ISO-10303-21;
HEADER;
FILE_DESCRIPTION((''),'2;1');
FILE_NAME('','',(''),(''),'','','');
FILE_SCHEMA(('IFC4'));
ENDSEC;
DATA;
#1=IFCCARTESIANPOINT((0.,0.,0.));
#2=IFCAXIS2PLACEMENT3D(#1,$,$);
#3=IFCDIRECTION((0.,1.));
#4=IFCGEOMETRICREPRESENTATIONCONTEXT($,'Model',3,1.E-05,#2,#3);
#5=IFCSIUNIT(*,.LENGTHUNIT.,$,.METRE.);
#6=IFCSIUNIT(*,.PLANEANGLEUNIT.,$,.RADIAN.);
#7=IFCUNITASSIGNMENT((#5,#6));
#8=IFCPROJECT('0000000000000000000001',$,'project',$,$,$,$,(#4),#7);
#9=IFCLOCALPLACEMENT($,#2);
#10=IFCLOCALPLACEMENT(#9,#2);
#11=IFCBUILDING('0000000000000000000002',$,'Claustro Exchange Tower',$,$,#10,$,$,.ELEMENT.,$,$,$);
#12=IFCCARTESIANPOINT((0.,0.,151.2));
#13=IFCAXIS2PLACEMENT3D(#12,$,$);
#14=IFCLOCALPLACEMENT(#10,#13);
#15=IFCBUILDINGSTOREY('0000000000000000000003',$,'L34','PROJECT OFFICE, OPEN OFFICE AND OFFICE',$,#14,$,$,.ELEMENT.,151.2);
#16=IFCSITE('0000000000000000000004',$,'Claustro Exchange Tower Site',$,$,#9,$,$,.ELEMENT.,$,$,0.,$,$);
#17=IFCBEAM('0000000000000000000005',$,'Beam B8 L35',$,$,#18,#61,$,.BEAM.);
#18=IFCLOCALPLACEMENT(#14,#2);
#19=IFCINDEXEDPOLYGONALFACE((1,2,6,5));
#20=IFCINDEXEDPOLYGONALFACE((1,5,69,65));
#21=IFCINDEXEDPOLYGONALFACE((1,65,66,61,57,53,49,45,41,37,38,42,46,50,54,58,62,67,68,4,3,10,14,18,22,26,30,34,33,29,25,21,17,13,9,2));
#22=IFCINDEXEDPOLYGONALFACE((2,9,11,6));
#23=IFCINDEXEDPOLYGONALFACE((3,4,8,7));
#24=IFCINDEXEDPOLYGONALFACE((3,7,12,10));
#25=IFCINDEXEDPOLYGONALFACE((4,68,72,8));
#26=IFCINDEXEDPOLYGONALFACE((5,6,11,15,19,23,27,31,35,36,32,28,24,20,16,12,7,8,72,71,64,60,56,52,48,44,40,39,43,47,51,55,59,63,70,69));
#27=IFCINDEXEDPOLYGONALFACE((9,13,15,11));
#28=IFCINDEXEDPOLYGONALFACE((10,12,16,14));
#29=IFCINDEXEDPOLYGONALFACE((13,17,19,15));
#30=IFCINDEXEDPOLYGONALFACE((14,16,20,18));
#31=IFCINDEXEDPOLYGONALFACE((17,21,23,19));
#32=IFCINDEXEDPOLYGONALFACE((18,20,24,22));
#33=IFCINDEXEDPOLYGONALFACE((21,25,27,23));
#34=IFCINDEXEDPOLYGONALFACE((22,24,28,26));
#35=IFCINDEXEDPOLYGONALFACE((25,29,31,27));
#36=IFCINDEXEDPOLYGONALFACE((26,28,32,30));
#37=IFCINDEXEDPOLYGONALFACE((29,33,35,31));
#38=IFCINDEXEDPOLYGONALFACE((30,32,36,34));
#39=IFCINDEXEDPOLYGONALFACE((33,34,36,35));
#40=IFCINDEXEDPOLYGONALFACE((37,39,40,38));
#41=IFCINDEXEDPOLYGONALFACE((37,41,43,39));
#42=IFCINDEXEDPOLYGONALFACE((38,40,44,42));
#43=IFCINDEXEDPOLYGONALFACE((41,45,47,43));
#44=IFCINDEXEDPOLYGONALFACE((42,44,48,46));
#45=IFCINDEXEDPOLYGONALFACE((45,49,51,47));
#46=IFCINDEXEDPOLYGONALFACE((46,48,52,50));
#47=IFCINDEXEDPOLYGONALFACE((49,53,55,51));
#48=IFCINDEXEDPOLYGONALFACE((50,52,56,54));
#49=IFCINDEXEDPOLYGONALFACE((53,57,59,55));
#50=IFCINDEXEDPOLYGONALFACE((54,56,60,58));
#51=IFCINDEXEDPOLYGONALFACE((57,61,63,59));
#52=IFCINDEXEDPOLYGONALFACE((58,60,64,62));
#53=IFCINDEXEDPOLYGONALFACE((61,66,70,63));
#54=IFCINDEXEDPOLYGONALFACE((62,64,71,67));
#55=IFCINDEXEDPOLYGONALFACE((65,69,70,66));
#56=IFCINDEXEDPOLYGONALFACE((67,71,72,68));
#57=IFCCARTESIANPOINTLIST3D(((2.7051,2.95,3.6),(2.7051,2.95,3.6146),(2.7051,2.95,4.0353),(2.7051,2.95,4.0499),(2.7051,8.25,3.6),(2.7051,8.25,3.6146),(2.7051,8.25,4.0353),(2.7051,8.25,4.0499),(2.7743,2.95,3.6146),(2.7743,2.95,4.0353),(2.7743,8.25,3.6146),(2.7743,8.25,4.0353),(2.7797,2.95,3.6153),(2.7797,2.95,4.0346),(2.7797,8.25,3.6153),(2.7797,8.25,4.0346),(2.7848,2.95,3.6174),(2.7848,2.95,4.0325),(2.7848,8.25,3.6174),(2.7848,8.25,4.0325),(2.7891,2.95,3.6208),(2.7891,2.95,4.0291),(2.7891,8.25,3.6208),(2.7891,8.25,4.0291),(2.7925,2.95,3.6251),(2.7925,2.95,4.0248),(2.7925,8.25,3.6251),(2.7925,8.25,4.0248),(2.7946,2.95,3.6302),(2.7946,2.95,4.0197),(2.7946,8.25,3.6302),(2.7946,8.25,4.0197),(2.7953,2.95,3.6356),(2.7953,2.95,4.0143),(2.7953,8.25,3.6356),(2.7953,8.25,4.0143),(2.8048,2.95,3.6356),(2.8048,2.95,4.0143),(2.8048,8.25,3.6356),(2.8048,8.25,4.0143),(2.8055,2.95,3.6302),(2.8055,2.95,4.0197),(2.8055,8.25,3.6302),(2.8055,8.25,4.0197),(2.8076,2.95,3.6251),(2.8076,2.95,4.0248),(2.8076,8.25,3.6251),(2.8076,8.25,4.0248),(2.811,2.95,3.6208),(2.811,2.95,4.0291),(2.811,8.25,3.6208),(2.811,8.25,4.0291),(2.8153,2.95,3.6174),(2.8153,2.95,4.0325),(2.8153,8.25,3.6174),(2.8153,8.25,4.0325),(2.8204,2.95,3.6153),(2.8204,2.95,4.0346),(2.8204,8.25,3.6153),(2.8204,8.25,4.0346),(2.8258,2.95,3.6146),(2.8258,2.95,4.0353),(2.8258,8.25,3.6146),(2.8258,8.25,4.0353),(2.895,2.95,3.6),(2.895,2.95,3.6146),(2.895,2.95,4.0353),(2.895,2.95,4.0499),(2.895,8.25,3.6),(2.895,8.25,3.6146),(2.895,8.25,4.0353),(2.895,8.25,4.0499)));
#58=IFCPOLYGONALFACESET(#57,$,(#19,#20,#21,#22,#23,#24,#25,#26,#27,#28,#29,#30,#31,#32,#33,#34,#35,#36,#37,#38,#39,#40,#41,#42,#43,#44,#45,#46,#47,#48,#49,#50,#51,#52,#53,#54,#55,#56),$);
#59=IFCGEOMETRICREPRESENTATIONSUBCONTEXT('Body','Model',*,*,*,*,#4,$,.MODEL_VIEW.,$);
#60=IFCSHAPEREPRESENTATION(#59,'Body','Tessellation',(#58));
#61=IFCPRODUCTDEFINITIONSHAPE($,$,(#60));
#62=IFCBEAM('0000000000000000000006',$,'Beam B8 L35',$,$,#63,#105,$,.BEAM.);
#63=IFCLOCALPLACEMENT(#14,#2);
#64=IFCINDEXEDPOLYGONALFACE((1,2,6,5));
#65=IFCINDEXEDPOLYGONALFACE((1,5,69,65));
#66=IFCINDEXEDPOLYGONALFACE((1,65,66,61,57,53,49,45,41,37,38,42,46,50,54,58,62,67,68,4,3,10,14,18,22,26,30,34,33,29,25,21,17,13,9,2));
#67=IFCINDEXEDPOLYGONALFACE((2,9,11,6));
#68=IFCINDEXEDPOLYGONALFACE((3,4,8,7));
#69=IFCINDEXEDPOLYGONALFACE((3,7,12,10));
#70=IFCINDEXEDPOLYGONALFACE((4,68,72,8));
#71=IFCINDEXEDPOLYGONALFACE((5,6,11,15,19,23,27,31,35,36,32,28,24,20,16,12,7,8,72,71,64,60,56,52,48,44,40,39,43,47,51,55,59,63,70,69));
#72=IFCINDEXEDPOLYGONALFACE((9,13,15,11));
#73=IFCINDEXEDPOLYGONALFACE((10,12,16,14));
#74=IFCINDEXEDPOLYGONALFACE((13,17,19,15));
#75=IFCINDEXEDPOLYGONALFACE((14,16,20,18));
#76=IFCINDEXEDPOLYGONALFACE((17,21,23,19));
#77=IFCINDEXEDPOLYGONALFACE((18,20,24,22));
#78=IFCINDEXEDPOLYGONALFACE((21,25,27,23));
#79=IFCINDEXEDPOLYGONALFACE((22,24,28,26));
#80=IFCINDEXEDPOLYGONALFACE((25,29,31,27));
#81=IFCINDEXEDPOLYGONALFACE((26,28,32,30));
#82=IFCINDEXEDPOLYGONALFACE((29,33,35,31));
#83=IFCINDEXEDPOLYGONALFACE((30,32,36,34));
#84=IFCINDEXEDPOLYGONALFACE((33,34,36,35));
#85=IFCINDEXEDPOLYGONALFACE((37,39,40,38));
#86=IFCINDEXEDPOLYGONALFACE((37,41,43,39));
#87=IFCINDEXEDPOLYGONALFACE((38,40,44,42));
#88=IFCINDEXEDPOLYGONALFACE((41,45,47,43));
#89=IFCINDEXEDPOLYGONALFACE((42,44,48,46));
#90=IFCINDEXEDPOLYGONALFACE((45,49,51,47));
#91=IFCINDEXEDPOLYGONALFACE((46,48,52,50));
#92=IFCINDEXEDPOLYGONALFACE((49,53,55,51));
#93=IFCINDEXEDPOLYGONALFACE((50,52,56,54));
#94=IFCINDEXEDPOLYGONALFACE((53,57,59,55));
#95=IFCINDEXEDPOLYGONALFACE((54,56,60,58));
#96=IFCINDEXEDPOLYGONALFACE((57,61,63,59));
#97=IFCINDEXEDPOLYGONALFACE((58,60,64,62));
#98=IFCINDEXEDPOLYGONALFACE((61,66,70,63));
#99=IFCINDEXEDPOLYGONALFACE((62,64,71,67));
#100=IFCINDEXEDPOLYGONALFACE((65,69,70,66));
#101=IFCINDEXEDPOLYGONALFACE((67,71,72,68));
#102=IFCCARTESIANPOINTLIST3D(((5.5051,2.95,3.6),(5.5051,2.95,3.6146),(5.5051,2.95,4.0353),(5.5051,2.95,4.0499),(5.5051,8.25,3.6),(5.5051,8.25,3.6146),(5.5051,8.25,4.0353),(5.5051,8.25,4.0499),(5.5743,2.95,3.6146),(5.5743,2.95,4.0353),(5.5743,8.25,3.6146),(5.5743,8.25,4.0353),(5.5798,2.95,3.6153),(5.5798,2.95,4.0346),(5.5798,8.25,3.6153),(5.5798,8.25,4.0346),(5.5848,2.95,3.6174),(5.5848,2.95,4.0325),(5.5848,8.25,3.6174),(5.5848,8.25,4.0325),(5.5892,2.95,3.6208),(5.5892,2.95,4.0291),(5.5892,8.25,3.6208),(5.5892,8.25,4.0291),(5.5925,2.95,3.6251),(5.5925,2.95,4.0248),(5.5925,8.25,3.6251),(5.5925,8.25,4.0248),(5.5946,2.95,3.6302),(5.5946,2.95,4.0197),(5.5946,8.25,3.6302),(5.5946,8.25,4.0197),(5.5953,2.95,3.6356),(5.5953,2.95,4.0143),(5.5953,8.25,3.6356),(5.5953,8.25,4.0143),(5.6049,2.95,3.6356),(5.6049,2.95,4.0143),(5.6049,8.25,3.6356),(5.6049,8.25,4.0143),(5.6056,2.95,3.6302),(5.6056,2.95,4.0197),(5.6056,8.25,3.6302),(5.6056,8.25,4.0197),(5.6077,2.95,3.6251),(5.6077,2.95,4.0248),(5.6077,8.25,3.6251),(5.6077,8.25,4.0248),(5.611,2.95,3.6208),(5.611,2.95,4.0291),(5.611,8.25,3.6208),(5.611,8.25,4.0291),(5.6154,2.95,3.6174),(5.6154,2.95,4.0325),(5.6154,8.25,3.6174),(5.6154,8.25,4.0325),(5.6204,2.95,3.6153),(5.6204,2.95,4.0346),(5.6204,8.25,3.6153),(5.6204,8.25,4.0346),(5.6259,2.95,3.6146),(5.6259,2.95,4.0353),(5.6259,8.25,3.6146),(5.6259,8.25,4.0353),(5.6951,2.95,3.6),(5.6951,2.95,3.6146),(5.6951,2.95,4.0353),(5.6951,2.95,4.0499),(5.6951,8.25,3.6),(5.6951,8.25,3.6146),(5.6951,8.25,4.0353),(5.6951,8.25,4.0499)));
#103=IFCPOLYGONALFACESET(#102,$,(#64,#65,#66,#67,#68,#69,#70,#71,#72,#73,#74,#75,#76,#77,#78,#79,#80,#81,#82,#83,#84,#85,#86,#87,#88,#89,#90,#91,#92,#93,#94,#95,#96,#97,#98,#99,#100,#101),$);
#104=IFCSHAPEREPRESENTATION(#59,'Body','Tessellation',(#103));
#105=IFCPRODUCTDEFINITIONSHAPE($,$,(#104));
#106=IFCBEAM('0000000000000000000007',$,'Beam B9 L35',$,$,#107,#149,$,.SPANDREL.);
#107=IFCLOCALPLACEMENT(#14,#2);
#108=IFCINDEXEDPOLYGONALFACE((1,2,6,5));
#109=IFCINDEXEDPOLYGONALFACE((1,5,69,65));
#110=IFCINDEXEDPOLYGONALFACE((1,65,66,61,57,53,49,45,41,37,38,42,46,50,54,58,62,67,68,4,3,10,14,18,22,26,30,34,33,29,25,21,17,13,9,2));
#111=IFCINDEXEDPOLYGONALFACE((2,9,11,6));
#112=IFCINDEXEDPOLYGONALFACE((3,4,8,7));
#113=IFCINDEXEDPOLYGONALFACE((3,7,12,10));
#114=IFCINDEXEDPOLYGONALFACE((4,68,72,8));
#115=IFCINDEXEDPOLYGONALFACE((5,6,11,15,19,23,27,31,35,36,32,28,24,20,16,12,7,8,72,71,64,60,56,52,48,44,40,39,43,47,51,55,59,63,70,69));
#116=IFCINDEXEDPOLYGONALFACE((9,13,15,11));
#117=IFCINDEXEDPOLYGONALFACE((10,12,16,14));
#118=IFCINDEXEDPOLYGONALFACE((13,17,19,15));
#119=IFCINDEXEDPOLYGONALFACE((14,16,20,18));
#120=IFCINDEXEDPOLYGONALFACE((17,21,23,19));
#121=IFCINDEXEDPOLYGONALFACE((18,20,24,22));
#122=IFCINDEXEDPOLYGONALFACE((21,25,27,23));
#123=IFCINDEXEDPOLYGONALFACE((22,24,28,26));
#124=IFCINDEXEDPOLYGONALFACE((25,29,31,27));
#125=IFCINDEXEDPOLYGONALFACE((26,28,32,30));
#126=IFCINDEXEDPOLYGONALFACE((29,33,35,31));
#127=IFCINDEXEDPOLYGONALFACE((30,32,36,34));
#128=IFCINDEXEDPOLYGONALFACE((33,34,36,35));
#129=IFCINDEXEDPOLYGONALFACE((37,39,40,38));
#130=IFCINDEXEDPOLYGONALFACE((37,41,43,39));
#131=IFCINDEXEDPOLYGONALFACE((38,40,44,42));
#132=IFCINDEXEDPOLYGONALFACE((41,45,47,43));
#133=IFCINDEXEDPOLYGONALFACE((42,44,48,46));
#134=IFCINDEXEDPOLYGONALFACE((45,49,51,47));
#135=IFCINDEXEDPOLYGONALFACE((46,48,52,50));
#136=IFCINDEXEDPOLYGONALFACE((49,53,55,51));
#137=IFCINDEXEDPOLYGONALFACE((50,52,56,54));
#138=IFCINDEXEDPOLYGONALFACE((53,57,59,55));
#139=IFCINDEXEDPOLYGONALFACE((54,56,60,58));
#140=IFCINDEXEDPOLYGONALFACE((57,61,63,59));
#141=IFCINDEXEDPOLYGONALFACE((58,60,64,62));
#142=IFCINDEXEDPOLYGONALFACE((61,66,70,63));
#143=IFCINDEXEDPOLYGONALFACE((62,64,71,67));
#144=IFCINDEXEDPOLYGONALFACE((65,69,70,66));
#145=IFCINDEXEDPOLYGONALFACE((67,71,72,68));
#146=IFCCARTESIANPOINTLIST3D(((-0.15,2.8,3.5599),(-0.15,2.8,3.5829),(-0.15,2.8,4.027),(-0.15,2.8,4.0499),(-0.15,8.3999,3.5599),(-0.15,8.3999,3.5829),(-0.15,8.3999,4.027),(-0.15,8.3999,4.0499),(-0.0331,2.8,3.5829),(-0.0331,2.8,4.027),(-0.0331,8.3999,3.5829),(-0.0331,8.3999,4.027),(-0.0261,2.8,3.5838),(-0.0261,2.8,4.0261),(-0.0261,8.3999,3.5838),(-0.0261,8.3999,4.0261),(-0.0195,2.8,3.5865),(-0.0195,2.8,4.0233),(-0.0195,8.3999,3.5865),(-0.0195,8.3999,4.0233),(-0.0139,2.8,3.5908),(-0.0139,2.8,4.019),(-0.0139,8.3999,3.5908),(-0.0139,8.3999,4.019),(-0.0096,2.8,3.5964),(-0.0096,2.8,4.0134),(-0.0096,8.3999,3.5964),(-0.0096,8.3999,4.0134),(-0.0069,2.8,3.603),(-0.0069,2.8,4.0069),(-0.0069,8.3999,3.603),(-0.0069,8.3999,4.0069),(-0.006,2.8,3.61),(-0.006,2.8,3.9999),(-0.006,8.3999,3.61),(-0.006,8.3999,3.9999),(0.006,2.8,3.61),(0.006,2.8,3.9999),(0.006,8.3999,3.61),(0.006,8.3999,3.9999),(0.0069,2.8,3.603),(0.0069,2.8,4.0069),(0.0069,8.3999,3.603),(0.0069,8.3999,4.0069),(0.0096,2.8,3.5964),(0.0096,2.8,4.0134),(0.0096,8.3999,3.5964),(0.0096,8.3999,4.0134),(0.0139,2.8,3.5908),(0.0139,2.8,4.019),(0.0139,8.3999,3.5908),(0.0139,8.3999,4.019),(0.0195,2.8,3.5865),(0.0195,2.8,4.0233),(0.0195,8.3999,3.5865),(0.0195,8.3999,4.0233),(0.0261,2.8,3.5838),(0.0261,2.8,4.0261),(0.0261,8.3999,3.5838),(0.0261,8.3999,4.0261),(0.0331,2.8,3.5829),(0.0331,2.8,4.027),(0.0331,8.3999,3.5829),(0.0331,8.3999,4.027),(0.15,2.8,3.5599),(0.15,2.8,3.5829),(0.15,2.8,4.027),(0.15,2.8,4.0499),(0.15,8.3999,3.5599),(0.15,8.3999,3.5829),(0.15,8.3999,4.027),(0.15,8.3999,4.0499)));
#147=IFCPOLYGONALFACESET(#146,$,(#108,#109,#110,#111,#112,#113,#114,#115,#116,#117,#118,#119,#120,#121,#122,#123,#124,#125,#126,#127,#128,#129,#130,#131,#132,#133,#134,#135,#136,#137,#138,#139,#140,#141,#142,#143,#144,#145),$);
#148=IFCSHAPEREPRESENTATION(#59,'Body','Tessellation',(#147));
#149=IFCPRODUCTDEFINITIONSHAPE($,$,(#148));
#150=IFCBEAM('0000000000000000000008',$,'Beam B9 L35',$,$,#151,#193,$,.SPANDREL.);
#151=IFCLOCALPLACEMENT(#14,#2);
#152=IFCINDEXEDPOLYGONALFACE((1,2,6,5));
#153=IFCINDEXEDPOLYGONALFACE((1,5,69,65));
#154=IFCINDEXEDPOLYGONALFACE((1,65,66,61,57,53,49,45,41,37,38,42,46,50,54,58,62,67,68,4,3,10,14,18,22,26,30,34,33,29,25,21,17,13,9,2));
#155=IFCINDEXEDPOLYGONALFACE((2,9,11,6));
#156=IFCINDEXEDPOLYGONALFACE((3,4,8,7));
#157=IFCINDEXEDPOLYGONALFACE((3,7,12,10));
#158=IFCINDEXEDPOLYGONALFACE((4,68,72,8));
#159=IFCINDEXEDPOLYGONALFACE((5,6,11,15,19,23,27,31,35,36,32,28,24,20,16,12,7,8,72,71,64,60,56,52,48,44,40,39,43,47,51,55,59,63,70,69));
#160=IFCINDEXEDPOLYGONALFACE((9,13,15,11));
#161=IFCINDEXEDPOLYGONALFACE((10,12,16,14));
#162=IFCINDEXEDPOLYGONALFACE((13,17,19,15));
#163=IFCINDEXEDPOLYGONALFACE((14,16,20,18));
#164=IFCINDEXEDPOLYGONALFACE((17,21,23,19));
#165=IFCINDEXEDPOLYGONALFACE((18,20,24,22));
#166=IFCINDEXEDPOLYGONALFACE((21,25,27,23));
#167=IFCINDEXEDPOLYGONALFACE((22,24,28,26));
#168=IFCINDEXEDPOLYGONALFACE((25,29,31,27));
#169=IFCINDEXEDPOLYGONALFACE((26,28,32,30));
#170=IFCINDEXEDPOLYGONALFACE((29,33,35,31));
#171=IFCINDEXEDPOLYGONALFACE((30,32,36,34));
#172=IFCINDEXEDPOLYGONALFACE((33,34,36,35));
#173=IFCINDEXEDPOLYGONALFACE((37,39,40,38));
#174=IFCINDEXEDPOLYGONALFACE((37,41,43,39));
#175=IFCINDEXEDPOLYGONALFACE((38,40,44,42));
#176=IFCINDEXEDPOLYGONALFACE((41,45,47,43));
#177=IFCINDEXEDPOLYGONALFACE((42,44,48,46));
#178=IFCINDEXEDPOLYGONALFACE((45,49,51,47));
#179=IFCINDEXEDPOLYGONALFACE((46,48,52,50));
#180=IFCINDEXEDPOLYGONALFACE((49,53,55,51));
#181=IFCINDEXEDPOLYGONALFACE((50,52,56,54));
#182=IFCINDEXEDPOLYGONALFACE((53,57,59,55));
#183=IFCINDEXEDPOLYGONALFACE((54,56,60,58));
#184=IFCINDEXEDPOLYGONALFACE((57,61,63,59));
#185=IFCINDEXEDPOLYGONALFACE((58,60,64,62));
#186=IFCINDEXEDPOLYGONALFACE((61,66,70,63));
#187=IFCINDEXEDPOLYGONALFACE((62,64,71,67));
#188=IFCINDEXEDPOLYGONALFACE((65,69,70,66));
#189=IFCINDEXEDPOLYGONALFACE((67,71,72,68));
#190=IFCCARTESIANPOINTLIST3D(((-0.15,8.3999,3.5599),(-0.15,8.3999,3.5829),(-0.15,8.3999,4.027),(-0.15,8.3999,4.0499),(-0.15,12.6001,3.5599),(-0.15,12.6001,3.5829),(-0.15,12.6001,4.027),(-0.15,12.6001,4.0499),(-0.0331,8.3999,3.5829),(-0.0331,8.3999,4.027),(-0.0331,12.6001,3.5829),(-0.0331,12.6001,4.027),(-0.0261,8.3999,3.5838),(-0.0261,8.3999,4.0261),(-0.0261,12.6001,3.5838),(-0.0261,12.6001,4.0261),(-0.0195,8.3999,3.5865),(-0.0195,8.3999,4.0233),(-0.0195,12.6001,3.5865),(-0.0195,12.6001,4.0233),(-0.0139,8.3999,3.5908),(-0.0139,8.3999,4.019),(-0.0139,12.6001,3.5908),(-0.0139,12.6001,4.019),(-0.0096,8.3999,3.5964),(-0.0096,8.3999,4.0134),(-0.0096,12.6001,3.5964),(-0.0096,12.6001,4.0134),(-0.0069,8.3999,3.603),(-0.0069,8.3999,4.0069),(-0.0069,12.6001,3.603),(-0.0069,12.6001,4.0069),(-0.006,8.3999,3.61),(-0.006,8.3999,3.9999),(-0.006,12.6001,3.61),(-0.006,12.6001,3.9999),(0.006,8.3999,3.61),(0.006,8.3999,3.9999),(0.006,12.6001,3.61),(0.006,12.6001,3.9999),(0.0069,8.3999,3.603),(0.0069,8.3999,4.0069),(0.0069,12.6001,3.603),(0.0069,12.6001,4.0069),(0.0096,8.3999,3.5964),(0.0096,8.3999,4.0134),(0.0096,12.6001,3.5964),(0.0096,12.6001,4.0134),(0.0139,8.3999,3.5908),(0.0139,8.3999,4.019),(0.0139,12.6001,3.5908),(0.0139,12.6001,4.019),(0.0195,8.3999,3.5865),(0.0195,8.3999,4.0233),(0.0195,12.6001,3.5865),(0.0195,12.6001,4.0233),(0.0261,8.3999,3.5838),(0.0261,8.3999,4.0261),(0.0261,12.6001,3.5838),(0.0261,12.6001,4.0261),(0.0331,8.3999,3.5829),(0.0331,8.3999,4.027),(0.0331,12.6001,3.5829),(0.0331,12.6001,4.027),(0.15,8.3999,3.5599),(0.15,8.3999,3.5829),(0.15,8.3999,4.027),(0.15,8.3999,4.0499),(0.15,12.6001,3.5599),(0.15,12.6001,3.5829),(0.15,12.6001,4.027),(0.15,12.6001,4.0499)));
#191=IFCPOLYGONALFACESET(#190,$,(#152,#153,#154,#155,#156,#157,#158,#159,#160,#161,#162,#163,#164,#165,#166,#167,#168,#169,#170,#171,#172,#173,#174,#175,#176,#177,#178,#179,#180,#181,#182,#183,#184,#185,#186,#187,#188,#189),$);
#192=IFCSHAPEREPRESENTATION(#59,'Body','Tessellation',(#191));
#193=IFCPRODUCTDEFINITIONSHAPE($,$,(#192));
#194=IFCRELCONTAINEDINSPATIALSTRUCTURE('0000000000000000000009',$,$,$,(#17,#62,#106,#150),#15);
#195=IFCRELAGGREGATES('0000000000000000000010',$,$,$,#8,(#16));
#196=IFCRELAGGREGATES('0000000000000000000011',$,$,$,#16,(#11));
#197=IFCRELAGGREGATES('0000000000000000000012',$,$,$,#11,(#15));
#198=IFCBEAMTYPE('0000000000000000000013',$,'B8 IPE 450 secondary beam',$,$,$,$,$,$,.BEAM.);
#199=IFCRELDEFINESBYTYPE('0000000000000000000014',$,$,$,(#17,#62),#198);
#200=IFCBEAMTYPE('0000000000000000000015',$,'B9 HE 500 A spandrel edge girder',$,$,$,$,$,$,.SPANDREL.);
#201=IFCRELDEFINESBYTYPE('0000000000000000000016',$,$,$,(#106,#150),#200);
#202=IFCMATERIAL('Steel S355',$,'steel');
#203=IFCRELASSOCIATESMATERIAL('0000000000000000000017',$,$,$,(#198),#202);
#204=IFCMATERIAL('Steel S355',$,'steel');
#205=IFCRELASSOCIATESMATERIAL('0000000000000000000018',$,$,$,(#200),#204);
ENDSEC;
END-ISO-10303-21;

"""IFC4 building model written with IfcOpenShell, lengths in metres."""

from ifc_helpers import new_model, si_unit, direction, frame, origin, origin_2d, place, context, subcontext, project, spatial, i_section, extrude, material, material_profile, profile_set, type_object, element, save


model = new_model("IFC4")

# Units and contexts
model_context = context("Model", 3, precision=1e-05, world=origin(), true_north=direction((0.0, 1.0)))
body_context = subcontext(model_context, "Body", "Model", "MODEL_VIEW")
ifc_project = project(units=[si_unit("LENGTHUNIT", "METRE"), si_unit("PLANEANGLEUNIT", "RADIAN")], contexts=[model_context])

# Site, building, storey
site_placement = place(None, origin())
site = spatial("IfcSite", under=ifc_project, at=site_placement, Name="Claustro Exchange Tower Site", CompositionType="ELEMENT", RefElevation=0.0)
building_placement = place(site_placement, origin())
building = spatial("IfcBuilding", under=site, at=building_placement, Name="Claustro Exchange Tower", CompositionType="ELEMENT")
storey_placement = place(building_placement, frame((0.0, 0.0, 151.2)))
storey = spatial("IfcBuildingStorey", under=building, at=storey_placement, Name="L34", Description="PROJECT OFFICE, OPEN OFFICE AND OFFICE", CompositionType="ELEMENT", Elevation=151.2)

# Beams
ifc_material_1 = material(Name="Steel S355", Category="steel")
ifc_material_profile_1 = material_profile(ifc_material_1, i_section(OverallWidth=0.1899, OverallDepth=0.45, WebThickness=0.0095, FlangeThickness=0.0146, FilletRadius=0.021, at=origin_2d()), Name="IPE 450")
ifc_profile_set_1 = profile_set([ifc_material_profile_1], Name="Steel S355")
beam_type_1 = type_object("IfcBeamType", Name="B8 IPE 450 secondary beam", PredefinedType="BEAM", material=ifc_profile_set_1)
for number, where, z_axis, x_axis, name in (
    (1, (2.8, 2.95, 3.825), (0.0, 1.0, 0.0), (-1.0, 0.0, 0.0), "Beam B8 L35"),
    (2, (5.6001, 2.95, 3.825), (0.0, 1.0, 0.0), (-1.0, 0.0, 0.0), "Beam B8 L35"),
):
    element("IfcBeam", number, at=place(storey_placement, frame(where, z_axis=z_axis, x_axis=x_axis)), inside=storey, type_object=beam_type_1, Name=name, PredefinedType="BEAM", context=body_context, shape_type="SweptSolid", body=[
        extrude(i_section(OverallWidth=0.1899, OverallDepth=0.45, WebThickness=0.0095, FlangeThickness=0.0146, FilletRadius=0.021, at=origin_2d()), origin(), (0.0, 0.0, 1.0), 5.3),
    ])
ifc_material_2 = material(Name="Steel S355", Category="steel")
ifc_material_profile_2 = material_profile(ifc_material_2, i_section(OverallWidth=0.3, OverallDepth=0.49, WebThickness=0.012, FlangeThickness=0.0229, FilletRadius=0.0271, at=origin_2d()), Name="HE 500 A")
ifc_profile_set_2 = profile_set([ifc_material_profile_2], Name="Steel S355")
beam_type_2 = type_object("IfcBeamType", Name="B9 HE 500 A spandrel edge girder", PredefinedType="SPANDREL", material=ifc_profile_set_2)
beam_1_placement = place(storey_placement, frame((0.0, 2.8, 3.8049), z_axis=(0.0, 1.0, 0.0), x_axis=(-1.0, 0.0, 0.0)))
element("IfcBeam", 3, at=beam_1_placement, inside=storey, type_object=beam_type_2, Name="Beam B9 L35", PredefinedType="SPANDREL", context=body_context, shape_type="SweptSolid", body=[
    extrude(i_section(OverallWidth=0.3, OverallDepth=0.49, WebThickness=0.012, FlangeThickness=0.0229, FilletRadius=0.0271, at=origin_2d()), origin(), (0.0, 0.0, 1.0), 5.5999),
])
beam_2_placement = place(storey_placement, frame((0.0, 8.3999, 3.8049), z_axis=(0.0, 1.0, 0.0), x_axis=(-1.0, 0.0, 0.0)))
element("IfcBeam", 4, at=beam_2_placement, inside=storey, type_object=beam_type_2, Name="Beam B9 L35", PredefinedType="SPANDREL", context=body_context, shape_type="SweptSolid", body=[
    extrude(i_section(OverallWidth=0.3, OverallDepth=0.49, WebThickness=0.012, FlangeThickness=0.0229, FilletRadius=0.0271, at=origin_2d()), origin(), (0.0, 0.0, 1.0), 4.2002),
])

save(model, "model.ifc")
